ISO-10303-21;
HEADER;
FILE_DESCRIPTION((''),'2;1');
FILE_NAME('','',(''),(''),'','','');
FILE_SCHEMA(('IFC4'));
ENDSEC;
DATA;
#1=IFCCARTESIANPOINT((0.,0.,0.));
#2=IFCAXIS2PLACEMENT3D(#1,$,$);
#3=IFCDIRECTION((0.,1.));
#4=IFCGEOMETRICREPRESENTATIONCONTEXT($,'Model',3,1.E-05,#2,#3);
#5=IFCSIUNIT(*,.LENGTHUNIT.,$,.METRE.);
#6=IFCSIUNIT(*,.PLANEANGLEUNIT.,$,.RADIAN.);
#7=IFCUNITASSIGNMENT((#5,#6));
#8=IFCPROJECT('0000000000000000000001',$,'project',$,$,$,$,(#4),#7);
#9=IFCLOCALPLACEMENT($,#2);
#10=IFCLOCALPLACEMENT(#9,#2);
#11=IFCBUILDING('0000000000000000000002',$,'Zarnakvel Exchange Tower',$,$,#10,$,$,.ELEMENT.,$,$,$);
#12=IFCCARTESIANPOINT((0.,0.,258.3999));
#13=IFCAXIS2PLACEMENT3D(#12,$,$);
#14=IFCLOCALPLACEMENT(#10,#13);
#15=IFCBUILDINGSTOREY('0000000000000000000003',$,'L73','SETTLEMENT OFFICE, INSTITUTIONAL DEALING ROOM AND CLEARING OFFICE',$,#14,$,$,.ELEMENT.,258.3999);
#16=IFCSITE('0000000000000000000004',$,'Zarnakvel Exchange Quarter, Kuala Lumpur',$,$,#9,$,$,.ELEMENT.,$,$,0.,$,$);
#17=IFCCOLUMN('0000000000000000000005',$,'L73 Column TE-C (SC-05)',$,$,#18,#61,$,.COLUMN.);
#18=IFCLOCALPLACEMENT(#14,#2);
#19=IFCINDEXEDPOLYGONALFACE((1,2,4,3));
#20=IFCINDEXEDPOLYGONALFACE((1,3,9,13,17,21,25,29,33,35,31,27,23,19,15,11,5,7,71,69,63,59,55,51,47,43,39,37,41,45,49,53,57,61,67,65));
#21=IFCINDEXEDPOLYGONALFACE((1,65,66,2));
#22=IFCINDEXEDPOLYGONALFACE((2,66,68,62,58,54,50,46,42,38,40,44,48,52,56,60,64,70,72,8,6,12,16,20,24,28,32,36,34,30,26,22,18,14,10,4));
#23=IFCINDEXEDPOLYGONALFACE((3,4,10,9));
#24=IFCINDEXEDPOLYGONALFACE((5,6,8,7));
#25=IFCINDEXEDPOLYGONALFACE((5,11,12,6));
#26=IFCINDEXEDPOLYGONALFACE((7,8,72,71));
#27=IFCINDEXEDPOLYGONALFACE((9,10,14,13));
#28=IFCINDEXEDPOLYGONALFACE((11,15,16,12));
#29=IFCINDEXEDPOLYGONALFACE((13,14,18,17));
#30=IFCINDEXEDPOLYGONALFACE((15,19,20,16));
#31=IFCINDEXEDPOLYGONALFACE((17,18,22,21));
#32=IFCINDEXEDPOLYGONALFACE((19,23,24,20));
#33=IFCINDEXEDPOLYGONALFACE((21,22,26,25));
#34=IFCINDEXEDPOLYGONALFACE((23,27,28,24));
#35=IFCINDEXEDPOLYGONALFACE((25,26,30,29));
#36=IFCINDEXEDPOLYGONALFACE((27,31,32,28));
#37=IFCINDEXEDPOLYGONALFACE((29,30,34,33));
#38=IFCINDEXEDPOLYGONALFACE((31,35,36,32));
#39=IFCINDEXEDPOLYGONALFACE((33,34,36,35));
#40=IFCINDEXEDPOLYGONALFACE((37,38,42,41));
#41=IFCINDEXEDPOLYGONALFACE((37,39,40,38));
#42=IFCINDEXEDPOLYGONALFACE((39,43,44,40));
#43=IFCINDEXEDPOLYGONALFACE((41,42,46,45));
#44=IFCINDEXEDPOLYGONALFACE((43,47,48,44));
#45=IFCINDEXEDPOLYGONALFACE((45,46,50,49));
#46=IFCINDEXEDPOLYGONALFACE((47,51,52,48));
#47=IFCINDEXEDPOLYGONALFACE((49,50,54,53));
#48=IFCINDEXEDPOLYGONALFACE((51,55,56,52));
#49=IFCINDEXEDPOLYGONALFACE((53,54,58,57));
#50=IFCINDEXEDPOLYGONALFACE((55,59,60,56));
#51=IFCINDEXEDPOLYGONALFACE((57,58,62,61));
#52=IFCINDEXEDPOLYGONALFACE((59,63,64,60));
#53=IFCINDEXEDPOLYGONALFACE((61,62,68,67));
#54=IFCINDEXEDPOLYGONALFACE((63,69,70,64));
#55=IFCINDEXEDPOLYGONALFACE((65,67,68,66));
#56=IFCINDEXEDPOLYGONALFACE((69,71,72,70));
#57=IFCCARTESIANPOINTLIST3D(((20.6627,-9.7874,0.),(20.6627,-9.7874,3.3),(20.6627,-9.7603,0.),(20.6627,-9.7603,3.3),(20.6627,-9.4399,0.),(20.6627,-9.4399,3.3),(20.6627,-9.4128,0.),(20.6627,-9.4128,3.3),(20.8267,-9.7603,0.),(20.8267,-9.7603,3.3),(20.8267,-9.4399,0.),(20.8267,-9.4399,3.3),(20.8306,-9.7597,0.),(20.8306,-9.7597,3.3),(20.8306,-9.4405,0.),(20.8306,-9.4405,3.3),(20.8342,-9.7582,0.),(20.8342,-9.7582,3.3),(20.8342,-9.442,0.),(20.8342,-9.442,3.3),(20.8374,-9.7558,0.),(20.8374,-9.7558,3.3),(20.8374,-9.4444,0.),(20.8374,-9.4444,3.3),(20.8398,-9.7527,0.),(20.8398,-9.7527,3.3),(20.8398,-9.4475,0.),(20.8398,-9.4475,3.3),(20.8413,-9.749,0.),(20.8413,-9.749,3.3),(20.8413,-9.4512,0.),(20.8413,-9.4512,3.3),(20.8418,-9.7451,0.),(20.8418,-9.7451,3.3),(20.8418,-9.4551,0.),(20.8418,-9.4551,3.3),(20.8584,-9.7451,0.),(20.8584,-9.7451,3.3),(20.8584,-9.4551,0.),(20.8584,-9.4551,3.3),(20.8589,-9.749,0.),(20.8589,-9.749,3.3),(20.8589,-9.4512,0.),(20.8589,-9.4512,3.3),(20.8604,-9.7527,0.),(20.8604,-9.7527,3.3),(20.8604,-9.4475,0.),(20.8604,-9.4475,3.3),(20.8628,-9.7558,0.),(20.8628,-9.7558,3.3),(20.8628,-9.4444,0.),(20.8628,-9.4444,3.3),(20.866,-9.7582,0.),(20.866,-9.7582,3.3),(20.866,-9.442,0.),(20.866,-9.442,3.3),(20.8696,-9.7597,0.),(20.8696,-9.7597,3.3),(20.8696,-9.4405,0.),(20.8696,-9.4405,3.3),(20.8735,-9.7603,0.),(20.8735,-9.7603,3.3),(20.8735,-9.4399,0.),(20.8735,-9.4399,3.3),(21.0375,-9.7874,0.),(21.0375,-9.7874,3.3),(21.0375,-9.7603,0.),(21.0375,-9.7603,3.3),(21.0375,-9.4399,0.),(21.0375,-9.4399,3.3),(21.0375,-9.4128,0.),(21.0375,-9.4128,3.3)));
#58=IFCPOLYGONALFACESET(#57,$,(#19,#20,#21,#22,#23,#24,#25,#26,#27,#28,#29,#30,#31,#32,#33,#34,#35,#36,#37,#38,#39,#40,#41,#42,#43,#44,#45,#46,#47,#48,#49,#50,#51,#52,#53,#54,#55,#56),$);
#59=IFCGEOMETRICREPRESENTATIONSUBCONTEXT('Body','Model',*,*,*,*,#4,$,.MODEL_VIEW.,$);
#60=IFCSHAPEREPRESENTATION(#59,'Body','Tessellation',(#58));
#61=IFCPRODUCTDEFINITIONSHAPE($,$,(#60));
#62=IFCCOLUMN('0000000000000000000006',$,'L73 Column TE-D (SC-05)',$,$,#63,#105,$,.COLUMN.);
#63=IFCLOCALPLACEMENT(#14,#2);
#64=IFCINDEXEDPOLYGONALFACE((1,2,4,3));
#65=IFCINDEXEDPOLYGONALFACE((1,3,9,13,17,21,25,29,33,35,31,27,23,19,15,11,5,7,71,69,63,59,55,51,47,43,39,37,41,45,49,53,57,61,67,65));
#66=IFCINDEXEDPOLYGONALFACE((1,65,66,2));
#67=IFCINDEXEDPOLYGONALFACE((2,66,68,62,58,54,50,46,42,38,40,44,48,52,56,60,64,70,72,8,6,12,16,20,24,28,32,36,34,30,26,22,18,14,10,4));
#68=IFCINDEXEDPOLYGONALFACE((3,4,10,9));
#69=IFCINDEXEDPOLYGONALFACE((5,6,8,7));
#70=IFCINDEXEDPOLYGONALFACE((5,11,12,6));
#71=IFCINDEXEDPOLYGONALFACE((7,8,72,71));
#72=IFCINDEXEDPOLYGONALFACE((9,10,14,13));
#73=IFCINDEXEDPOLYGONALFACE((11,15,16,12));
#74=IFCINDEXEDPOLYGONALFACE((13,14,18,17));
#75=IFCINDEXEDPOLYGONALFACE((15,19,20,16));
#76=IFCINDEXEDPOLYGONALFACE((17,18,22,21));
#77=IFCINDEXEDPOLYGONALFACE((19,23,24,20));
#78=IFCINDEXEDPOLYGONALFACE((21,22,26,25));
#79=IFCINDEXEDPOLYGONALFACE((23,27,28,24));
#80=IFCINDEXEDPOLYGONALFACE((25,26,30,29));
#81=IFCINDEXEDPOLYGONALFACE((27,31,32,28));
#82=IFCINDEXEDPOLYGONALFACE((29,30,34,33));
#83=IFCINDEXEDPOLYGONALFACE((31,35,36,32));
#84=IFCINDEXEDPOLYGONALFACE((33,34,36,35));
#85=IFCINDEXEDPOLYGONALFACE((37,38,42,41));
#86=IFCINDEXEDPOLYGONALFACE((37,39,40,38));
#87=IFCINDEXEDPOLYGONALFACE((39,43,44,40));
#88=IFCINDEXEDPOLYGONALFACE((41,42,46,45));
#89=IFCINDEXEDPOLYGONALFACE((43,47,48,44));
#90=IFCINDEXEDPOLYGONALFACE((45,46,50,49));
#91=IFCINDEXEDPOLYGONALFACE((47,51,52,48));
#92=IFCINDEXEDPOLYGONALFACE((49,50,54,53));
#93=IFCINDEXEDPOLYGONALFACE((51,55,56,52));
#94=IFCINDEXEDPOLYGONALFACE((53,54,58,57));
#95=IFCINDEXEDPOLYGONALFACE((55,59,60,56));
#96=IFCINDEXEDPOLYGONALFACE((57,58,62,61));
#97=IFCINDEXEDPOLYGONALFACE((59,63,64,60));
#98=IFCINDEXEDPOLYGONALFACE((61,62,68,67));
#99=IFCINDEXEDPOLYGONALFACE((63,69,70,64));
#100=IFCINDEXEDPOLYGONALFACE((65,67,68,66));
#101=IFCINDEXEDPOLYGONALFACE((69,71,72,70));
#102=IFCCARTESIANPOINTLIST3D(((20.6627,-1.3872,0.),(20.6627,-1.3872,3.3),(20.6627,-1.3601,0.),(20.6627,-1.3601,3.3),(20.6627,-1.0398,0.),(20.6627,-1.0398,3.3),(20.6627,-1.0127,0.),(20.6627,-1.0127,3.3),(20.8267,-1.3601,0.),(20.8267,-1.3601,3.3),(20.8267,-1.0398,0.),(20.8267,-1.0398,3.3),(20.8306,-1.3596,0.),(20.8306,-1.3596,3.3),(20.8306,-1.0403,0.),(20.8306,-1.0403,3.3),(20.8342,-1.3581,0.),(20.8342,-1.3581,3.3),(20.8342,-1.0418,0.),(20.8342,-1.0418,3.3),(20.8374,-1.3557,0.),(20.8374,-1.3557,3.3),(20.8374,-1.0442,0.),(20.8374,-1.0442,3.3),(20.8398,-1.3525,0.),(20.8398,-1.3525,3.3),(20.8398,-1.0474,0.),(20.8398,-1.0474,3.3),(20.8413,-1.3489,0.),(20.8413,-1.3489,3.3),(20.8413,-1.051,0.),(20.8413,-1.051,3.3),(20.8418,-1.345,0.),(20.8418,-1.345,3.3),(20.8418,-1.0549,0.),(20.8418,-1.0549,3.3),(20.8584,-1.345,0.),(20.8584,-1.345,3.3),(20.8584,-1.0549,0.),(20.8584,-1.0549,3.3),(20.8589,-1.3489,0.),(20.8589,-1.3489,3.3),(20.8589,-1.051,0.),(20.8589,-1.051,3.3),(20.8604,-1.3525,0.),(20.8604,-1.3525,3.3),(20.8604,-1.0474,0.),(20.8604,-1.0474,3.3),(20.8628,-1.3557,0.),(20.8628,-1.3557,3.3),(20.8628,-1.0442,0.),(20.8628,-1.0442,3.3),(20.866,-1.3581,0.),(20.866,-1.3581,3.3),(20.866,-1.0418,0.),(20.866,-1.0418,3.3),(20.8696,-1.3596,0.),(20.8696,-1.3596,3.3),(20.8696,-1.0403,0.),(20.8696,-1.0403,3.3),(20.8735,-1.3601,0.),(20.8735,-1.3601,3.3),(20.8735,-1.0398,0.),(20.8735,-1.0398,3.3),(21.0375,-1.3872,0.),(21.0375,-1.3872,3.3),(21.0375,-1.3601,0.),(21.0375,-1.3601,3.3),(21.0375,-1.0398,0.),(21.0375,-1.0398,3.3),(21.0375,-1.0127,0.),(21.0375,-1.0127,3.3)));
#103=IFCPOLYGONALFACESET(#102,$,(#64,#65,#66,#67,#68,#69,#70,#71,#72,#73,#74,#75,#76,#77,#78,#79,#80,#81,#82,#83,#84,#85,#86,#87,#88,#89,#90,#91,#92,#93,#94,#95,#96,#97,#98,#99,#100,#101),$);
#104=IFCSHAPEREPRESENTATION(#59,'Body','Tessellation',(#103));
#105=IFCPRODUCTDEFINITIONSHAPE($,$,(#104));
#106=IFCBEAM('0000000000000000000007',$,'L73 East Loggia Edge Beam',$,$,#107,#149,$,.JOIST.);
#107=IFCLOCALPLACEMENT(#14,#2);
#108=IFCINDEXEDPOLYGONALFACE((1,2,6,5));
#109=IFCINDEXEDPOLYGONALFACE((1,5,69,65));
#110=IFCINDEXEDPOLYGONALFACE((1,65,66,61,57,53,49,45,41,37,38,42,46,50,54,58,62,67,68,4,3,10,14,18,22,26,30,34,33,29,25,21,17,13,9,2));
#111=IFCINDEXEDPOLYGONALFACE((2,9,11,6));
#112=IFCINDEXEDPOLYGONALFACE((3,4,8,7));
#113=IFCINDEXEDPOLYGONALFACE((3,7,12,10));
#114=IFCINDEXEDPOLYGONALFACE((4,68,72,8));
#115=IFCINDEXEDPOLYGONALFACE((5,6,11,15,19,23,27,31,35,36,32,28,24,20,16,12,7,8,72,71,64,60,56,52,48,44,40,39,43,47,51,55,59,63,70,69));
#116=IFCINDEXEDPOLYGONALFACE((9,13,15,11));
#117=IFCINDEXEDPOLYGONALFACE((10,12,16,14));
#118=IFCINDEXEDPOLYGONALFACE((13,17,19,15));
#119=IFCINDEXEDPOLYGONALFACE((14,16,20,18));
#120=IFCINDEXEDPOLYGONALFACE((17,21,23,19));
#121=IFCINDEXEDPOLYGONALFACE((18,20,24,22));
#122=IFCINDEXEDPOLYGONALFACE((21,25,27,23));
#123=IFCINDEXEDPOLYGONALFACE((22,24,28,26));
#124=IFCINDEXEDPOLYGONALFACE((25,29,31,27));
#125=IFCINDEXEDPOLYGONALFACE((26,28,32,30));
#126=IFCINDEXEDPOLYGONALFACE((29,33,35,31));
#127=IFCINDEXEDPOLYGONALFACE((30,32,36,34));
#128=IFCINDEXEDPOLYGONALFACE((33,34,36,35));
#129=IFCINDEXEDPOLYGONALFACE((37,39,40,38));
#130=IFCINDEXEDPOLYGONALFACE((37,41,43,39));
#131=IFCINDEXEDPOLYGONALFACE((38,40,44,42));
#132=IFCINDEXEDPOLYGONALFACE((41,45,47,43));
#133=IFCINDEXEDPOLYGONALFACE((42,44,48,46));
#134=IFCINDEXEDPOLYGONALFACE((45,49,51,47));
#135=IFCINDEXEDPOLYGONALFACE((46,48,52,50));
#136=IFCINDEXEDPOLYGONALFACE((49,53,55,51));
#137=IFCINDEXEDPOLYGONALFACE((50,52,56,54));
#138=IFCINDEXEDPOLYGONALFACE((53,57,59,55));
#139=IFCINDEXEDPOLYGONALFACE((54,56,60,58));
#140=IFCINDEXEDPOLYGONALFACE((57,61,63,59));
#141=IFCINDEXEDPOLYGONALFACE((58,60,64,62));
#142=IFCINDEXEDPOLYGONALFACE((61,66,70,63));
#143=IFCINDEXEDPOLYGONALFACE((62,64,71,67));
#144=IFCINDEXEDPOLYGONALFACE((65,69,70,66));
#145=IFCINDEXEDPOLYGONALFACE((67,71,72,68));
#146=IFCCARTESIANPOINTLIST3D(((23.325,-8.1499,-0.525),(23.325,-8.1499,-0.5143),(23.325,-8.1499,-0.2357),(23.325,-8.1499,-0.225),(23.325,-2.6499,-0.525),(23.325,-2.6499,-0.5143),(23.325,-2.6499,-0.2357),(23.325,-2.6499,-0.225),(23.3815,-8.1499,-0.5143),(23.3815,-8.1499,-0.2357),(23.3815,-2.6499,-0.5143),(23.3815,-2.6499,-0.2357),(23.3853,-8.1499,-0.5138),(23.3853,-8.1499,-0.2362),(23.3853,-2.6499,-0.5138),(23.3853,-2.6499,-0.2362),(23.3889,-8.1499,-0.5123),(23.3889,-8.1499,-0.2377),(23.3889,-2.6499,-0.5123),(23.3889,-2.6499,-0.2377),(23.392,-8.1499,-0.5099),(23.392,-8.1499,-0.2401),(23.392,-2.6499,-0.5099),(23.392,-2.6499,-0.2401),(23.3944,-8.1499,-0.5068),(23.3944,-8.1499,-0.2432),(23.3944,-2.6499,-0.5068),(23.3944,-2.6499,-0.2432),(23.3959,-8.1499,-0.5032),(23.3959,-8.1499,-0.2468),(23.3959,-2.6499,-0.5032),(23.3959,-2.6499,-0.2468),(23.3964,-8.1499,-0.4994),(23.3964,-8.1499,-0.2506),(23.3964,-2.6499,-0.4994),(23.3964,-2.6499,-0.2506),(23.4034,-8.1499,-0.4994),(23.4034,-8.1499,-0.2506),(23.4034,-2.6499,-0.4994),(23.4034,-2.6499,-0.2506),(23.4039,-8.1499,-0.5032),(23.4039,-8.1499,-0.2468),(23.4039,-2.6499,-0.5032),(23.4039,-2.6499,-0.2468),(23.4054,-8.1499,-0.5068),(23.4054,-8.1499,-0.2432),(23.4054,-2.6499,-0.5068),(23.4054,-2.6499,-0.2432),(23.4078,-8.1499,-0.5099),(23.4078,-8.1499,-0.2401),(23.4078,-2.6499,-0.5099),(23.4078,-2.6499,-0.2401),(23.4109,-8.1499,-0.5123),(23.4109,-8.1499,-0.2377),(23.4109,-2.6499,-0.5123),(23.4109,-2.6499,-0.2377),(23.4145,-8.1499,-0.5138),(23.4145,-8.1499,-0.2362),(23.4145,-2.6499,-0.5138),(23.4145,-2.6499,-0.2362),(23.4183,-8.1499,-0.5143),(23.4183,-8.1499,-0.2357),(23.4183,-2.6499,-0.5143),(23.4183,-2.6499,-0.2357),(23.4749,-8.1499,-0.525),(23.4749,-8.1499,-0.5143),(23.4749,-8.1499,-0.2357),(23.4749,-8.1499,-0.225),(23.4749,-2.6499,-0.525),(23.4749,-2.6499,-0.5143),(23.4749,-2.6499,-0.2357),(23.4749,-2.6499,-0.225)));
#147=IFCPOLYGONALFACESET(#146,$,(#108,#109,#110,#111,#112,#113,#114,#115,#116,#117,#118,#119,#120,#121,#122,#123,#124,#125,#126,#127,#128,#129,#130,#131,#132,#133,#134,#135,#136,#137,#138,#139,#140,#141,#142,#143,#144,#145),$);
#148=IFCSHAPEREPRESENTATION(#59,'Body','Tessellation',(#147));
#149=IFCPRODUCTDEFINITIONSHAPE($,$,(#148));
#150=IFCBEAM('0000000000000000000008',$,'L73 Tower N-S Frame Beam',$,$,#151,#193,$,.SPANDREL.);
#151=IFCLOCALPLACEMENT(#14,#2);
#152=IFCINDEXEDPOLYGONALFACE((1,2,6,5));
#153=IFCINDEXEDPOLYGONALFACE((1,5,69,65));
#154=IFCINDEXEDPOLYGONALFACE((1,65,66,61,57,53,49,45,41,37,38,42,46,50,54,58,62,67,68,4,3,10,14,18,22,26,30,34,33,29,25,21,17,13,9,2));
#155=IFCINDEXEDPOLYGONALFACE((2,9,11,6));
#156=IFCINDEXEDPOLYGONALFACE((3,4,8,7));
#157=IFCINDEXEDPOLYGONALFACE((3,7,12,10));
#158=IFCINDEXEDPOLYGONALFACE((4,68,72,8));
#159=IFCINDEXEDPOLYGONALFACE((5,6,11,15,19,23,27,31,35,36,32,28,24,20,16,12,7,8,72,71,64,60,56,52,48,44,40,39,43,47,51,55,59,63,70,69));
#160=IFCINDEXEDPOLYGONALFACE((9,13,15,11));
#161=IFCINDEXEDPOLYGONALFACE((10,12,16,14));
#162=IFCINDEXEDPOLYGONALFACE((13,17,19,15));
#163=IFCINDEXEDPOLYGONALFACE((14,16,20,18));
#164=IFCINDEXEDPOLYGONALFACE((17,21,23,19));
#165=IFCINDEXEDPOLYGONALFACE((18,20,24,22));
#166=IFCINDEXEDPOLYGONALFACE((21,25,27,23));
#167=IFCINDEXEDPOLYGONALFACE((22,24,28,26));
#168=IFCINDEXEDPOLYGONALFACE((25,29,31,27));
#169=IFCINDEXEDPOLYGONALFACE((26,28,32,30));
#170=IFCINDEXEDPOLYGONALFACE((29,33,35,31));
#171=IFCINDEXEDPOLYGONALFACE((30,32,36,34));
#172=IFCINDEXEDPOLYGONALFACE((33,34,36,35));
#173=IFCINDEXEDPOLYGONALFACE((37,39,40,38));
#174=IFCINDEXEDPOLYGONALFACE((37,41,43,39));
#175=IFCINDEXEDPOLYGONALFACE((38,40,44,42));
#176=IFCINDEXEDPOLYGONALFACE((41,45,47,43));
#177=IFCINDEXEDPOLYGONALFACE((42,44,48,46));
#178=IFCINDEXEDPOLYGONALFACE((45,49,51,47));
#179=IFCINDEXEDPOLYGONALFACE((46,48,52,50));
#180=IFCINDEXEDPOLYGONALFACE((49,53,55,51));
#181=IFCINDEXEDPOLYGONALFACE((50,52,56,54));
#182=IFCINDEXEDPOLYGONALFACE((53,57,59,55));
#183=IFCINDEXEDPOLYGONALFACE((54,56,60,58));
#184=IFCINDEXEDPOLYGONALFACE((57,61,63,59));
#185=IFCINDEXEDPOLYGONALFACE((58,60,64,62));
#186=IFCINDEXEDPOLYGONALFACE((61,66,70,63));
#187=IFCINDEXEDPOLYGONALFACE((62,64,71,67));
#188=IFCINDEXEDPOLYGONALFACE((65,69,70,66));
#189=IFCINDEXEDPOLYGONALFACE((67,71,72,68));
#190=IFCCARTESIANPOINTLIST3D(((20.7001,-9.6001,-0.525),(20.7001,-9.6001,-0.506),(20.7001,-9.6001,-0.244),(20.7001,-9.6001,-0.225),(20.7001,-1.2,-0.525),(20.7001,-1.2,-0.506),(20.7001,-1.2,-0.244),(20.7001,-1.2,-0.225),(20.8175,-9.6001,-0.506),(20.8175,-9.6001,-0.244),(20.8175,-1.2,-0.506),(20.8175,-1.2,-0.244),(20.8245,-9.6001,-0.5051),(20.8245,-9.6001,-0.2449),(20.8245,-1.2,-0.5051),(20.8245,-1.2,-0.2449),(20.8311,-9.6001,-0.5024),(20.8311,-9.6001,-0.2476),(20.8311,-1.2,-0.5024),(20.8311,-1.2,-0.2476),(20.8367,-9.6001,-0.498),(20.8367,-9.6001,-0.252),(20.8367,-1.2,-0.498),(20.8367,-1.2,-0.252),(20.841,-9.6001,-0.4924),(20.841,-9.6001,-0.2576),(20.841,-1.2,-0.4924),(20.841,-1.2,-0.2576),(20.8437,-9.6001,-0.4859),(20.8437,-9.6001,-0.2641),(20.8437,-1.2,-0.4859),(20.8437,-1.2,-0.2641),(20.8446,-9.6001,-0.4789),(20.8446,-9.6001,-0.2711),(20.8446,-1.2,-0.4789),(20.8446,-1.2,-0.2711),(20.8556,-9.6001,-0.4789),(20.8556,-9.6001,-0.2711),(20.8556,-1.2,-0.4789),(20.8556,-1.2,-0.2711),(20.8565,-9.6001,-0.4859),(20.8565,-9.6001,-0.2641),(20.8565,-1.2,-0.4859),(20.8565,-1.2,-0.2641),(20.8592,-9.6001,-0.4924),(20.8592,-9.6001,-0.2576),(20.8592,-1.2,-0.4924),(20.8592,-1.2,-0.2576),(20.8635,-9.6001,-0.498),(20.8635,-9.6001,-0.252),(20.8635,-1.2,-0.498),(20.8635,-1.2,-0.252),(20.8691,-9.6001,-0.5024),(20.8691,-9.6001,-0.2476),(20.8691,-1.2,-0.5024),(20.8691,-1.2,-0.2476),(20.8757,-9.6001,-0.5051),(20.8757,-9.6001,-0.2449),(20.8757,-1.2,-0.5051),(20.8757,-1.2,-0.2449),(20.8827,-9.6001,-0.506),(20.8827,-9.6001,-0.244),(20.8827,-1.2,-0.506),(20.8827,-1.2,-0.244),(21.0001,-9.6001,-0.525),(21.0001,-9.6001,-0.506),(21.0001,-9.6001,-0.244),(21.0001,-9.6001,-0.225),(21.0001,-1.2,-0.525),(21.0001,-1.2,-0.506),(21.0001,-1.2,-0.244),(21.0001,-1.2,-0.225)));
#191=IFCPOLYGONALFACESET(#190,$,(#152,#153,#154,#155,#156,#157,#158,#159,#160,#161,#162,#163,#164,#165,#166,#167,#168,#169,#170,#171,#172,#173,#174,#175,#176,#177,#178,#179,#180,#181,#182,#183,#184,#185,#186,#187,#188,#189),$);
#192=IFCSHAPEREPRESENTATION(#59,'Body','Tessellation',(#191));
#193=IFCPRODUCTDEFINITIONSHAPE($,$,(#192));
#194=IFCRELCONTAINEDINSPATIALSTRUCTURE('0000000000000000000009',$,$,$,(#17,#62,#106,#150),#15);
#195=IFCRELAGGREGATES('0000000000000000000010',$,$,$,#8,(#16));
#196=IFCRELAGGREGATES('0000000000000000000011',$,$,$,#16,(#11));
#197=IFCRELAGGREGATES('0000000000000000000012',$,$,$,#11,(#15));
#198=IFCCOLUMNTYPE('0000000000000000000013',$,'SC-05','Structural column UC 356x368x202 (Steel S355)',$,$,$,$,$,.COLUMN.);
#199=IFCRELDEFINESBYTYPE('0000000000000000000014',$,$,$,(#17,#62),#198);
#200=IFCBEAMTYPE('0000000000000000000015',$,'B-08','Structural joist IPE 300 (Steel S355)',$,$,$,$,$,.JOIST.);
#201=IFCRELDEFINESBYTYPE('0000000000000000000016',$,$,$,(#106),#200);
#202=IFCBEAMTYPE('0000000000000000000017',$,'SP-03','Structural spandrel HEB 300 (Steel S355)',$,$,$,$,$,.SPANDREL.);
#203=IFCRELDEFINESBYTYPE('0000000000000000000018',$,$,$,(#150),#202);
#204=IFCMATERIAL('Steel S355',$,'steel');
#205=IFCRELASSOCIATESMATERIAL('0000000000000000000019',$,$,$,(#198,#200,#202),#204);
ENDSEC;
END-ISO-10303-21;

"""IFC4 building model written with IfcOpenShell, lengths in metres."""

from ifc_helpers import new_model, si_unit, direction, frame, origin, origin_2d, place, context, subcontext, project, spatial, i_section, extrude, material, material_profile, profile_set, type_object, element, save


model = new_model("IFC4")

# Units and contexts
model_context = context("Model", 3, precision=1e-05, world=origin(), true_north=direction((0.0, 1.0)))
body_context = subcontext(model_context, "Body", "Model", "MODEL_VIEW")
ifc_project = project(units=[si_unit("LENGTHUNIT", "METRE"), si_unit("PLANEANGLEUNIT", "RADIAN")], contexts=[model_context])

# Site, building, storey
site_placement = place(None, origin())
site = spatial("IfcSite", under=ifc_project, at=site_placement, Name="Zarnakvel Exchange Quarter, Kuala Lumpur", CompositionType="ELEMENT", RefElevation=0.0)
building_placement = place(site_placement, origin())
building = spatial("IfcBuilding", under=site, at=building_placement, Name="Zarnakvel Exchange Tower", CompositionType="ELEMENT")
storey_placement = place(building_placement, frame((0.0, 0.0, 258.3999)))
storey = spatial("IfcBuildingStorey", under=building, at=storey_placement, Name="L73", Description="SETTLEMENT OFFICE, INSTITUTIONAL DEALING ROOM AND CLEARING OFFICE", CompositionType="ELEMENT", Elevation=258.3999)

# Columns
ifc_material_1 = material(Name="Steel S355", Category="steel")
ifc_material_profile_1 = material_profile(ifc_material_1, i_section(OverallWidth=0.3748, OverallDepth=0.3745, WebThickness=0.0166, FlangeThickness=0.0271, FilletRadius=0.0151, at=origin_2d()))
ifc_profile_set_1 = profile_set([ifc_material_profile_1], Name="Steel S355")
column_type = type_object("IfcColumnType", Name="SC-05", Description="Structural column UC 356x368x202 (Steel S355)", PredefinedType="COLUMN", material=ifc_profile_set_1)
for number, where, z_axis, x_axis, name in (
    (1, (20.8501, -9.6001, 0.0), (0.0, 0.0, 1.0), (1.0, 0.0, 0.0), "L73 Column TE-C (SC-05)"),
    (2, (20.8501, -1.2, 0.0), (0.0, 0.0, 1.0), (1.0, 0.0, 0.0), "L73 Column TE-D (SC-05)"),
):
    element("IfcColumn", number, at=place(storey_placement, frame(where, z_axis=z_axis, x_axis=x_axis)), inside=storey, type_object=column_type, Name=name, PredefinedType="COLUMN", context=body_context, shape_type="SweptSolid", body=[
        extrude(i_section(OverallWidth=0.3748, OverallDepth=0.3745, WebThickness=0.0166, FlangeThickness=0.0271, FilletRadius=0.0151, at=origin_2d()), origin(), (0.0, 0.0, 1.0), 3.3),
    ])

# Beams
ifc_material_profile_2 = material_profile(ifc_material_1, i_section(OverallWidth=0.1499, OverallDepth=0.3, WebThickness=0.0071, FlangeThickness=0.0107, FilletRadius=0.0149, at=origin_2d()))
ifc_profile_set_2 = profile_set([ifc_material_profile_2], Name="Steel S355")
beam_type_1 = type_object("IfcBeamType", Name="B-08", Description="Structural joist IPE 300 (Steel S355)", PredefinedType="JOIST", material=ifc_profile_set_2)
beam_1_placement = place(storey_placement, frame((23.3999, -8.1499, -0.375), z_axis=(0.0, 1.0, 0.0), x_axis=(-1.0, 0.0, 0.0)))
element("IfcBeam", 3, at=beam_1_placement, inside=storey, type_object=beam_type_1, Name="L73 East Loggia Edge Beam", PredefinedType="JOIST", context=body_context, shape_type="SweptSolid", body=[
    extrude(i_section(OverallWidth=0.1499, OverallDepth=0.3, WebThickness=0.0071, FlangeThickness=0.0107, FilletRadius=0.0149, at=origin_2d()), origin(), (0.0, 0.0, 1.0), 5.5),
])
ifc_material_profile_3 = material_profile(ifc_material_1, i_section(OverallWidth=0.3, OverallDepth=0.3, WebThickness=0.011, FlangeThickness=0.019, FilletRadius=0.0271, at=origin_2d()))
ifc_profile_set_3 = profile_set([ifc_material_profile_3], Name="Steel S355")
beam_type_2 = type_object("IfcBeamType", Name="SP-03", Description="Structural spandrel HEB 300 (Steel S355)", PredefinedType="SPANDREL", material=ifc_profile_set_3)
beam_2_placement = place(storey_placement, frame((20.8501, -9.6001, -0.375), z_axis=(0.0, 1.0, 0.0), x_axis=(-1.0, 0.0, 0.0)))
element("IfcBeam", 4, at=beam_2_placement, inside=storey, type_object=beam_type_2, Name="L73 Tower N-S Frame Beam", PredefinedType="SPANDREL", context=body_context, shape_type="SweptSolid", body=[
    extrude(i_section(OverallWidth=0.3, OverallDepth=0.3, WebThickness=0.011, FlangeThickness=0.019, FilletRadius=0.0271, at=origin_2d()), origin(), (0.0, 0.0, 1.0), 8.4001),
])

save(model, "model.ifc")
